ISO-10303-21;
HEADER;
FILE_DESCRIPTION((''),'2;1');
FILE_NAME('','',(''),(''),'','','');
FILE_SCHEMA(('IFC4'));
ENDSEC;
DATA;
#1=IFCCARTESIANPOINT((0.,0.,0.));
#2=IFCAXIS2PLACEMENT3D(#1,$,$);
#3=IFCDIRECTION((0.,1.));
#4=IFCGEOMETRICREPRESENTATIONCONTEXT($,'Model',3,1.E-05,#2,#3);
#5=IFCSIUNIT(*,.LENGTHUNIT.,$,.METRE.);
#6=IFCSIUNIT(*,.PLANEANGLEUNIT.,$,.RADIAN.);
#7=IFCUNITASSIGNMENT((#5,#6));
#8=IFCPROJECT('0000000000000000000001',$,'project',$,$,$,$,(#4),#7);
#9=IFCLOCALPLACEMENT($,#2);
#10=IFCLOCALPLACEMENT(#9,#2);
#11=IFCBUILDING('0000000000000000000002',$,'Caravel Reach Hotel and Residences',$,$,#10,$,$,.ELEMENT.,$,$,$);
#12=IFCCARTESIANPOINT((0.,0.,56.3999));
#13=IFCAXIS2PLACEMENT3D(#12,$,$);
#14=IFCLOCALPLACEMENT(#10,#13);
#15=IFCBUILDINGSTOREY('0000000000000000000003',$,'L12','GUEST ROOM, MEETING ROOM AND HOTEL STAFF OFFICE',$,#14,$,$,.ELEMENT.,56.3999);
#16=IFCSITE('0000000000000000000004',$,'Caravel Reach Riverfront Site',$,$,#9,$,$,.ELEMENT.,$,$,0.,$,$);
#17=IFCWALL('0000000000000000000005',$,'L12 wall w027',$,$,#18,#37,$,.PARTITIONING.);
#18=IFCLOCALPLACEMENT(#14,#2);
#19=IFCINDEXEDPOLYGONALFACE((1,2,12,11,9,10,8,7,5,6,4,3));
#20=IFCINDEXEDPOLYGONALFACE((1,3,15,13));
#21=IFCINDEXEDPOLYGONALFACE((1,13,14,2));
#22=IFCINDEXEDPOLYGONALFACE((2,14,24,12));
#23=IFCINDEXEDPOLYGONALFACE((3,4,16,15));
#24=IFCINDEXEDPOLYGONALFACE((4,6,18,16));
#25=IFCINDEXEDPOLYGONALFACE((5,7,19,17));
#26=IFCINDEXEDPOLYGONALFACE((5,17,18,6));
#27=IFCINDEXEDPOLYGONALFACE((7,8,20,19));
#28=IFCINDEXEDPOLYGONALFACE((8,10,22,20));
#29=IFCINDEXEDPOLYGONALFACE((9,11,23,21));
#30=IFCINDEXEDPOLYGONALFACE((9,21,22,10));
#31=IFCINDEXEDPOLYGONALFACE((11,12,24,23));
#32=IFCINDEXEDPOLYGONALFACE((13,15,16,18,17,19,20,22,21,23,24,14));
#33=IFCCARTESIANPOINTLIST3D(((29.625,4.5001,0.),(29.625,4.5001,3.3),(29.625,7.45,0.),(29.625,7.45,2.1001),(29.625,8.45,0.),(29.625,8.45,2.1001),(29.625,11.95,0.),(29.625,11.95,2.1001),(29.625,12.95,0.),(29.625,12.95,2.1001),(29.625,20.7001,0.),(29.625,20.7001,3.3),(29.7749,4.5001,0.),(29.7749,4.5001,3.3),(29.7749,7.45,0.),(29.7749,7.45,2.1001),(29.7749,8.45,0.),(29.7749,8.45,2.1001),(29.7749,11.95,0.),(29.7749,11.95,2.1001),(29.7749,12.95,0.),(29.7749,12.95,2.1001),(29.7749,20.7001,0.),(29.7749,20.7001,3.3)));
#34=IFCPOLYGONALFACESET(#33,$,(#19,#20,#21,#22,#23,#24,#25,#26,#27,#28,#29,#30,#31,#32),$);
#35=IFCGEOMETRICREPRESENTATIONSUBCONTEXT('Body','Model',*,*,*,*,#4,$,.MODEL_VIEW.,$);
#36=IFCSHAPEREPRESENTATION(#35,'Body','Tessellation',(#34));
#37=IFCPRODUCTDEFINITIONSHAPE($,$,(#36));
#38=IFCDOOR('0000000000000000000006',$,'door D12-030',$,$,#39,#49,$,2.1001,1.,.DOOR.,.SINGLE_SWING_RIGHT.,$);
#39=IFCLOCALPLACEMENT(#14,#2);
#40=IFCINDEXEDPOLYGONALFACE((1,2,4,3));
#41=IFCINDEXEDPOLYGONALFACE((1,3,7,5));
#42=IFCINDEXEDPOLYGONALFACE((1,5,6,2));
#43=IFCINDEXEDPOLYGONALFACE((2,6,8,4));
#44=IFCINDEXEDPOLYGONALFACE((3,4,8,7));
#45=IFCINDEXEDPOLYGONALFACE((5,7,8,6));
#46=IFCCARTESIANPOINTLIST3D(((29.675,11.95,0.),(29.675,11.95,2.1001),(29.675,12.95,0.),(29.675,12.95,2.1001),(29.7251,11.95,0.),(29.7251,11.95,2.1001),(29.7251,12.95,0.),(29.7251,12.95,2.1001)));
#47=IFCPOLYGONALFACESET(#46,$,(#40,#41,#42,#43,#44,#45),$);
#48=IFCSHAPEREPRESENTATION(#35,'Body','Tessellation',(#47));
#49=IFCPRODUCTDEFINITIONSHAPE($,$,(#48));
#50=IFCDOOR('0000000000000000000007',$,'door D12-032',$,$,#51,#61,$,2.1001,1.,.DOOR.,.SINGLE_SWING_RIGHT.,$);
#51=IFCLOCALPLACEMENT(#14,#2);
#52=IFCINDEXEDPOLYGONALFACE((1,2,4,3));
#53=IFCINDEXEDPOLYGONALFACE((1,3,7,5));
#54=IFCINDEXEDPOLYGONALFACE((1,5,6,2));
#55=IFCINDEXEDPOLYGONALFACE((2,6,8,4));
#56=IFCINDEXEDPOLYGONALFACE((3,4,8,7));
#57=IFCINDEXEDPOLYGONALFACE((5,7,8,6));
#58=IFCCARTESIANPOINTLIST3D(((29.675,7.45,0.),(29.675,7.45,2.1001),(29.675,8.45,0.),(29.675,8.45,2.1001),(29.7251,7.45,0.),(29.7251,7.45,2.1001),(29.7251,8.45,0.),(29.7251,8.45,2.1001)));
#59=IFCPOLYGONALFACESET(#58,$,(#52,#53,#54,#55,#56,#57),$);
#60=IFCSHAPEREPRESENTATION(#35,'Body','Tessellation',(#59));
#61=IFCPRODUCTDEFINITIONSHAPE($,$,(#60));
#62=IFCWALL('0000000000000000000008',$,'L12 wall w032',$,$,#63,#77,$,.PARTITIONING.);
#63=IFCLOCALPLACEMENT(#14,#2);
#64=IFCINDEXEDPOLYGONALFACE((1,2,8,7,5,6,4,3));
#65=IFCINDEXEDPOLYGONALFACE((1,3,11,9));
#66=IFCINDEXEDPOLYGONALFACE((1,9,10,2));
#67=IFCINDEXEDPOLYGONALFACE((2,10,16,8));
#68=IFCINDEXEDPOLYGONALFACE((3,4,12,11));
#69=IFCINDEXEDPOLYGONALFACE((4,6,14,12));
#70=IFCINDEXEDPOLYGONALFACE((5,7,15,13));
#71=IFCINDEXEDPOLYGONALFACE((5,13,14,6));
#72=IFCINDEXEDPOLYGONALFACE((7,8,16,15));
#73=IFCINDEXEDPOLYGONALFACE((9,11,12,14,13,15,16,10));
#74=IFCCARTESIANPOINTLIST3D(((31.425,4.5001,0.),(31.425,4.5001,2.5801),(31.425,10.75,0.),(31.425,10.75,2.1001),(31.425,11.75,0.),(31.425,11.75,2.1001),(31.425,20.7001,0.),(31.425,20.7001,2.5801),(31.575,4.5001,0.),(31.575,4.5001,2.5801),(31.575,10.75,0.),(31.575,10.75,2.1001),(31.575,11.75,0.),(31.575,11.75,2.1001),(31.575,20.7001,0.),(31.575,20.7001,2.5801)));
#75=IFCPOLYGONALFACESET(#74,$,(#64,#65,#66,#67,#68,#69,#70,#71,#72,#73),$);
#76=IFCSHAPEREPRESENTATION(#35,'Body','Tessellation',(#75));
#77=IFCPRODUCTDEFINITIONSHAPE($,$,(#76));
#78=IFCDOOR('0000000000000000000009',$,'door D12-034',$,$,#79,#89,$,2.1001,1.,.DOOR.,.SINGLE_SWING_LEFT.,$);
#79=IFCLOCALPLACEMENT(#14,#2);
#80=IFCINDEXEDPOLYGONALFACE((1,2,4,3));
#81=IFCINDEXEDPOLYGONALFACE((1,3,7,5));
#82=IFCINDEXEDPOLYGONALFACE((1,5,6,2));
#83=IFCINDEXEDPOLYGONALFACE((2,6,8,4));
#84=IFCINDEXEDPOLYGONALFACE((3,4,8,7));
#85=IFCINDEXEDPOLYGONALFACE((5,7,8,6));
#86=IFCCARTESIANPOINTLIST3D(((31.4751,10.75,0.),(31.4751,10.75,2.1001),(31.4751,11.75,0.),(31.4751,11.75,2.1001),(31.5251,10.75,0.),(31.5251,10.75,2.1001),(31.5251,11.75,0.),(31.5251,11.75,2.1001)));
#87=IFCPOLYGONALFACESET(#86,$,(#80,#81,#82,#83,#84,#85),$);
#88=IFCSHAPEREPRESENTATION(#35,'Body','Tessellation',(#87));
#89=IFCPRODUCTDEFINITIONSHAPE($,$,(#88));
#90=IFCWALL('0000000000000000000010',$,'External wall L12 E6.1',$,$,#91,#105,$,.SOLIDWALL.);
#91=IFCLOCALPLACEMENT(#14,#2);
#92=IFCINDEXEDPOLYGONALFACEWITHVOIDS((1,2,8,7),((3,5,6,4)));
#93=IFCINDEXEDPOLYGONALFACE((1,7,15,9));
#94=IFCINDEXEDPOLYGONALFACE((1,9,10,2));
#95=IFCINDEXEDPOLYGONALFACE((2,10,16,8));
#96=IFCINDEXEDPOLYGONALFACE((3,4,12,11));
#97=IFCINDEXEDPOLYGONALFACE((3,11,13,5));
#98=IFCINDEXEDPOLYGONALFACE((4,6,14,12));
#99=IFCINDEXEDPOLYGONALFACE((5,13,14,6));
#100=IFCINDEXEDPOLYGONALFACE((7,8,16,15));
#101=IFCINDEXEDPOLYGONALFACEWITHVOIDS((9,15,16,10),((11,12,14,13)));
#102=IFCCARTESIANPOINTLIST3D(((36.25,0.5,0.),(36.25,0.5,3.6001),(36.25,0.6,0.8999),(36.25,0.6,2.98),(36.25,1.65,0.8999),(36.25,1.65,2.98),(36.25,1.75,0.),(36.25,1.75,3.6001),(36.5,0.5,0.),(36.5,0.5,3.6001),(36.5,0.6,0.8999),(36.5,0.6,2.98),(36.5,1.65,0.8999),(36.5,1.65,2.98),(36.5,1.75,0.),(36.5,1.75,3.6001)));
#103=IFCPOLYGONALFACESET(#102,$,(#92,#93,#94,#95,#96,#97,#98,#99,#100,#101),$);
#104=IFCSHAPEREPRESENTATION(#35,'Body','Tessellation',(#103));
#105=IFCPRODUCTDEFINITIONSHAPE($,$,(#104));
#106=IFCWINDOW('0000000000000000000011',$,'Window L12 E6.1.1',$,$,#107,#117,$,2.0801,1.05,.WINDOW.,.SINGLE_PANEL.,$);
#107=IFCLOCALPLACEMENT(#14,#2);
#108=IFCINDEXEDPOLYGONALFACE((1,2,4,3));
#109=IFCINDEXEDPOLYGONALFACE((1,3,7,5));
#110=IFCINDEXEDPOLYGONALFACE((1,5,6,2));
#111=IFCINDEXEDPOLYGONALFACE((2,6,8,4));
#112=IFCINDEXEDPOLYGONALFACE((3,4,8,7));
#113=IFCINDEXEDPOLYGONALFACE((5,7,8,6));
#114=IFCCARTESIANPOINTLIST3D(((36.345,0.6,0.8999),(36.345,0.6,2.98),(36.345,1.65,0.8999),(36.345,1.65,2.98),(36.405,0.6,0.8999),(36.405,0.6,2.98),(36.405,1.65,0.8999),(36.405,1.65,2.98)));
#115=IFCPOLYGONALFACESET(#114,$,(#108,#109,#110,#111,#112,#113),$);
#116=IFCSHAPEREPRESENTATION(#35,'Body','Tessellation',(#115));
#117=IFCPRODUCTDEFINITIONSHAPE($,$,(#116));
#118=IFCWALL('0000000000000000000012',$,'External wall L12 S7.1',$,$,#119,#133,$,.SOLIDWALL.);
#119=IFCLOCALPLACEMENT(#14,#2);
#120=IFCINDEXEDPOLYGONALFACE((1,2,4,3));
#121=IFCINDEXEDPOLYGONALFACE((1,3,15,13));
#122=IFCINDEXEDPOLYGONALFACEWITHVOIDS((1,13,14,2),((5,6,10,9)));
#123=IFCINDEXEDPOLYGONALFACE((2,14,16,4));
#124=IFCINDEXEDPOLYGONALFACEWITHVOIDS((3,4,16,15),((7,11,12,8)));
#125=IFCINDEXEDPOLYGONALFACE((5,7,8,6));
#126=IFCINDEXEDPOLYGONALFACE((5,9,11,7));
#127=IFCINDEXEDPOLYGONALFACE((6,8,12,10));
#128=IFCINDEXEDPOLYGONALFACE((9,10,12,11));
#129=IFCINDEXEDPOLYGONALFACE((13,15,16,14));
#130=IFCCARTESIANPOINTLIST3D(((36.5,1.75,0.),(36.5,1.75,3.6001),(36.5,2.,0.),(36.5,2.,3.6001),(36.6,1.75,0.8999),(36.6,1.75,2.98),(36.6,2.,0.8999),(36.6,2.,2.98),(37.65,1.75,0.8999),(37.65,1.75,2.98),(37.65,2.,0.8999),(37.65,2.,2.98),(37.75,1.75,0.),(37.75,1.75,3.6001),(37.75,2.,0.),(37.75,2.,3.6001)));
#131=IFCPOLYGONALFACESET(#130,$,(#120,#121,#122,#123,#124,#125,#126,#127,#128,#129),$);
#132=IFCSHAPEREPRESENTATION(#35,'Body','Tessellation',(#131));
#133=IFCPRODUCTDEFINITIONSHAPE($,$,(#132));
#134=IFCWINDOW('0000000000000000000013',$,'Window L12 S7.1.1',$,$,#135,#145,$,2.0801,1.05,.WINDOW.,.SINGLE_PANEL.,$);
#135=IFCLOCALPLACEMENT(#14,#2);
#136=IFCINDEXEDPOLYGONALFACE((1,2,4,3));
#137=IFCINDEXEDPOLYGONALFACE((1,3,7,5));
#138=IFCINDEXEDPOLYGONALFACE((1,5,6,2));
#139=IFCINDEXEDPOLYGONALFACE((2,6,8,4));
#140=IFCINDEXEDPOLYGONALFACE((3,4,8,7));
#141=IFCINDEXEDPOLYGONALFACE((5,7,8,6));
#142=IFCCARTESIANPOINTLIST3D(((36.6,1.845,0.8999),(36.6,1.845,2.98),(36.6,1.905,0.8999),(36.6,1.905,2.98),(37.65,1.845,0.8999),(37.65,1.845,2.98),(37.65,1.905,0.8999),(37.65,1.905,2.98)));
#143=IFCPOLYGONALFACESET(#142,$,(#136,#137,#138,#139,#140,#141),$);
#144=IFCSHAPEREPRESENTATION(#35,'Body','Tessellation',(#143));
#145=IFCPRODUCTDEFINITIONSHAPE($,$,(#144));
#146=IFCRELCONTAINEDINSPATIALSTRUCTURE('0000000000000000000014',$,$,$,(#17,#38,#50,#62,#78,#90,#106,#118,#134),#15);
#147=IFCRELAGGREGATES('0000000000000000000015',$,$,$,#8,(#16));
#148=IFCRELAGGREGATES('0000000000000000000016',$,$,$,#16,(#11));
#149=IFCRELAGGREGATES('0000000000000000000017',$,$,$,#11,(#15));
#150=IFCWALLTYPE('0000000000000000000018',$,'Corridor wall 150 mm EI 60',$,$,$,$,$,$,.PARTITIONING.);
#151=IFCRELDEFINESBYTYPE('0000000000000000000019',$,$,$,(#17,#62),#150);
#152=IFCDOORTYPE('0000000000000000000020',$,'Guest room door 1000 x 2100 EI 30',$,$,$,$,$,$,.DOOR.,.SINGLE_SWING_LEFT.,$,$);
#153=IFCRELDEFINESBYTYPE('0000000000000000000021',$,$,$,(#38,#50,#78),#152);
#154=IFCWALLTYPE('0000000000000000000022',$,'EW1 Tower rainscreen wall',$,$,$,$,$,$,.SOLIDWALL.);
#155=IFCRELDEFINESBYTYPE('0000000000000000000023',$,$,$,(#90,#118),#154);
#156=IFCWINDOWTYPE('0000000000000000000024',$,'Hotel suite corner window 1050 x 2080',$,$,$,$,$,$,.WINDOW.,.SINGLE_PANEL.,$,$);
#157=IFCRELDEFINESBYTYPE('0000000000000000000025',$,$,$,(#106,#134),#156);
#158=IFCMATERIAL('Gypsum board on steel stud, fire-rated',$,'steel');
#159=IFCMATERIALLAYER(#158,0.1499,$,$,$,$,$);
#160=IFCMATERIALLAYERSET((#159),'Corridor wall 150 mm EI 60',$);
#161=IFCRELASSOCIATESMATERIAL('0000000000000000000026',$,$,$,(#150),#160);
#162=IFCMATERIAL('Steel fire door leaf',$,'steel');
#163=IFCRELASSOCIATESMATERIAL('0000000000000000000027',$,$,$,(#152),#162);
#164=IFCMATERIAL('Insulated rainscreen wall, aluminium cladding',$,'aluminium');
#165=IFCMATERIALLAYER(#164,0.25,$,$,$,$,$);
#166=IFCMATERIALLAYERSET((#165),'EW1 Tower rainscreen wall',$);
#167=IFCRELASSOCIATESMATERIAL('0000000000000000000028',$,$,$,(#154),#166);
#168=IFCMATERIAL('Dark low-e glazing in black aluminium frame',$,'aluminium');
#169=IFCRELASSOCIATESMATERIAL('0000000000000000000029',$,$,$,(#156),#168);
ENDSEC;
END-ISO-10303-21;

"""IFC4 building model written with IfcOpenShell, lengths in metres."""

from ifc_helpers import new_model, si_unit, direction, frame, frame_2d, origin, place, context, subcontext, project, spatial, rectangle, extrude, material, layer, layer_set, type_object, element, fill, save


model = new_model("IFC4")

# Units and contexts
model_context = context("Model", 3, precision=1e-05, world=origin(), true_north=direction((0.0, 1.0)))
body_context = subcontext(model_context, "Body", "Model", "MODEL_VIEW")
ifc_project = project(units=[si_unit("LENGTHUNIT", "METRE"), si_unit("PLANEANGLEUNIT", "RADIAN")], contexts=[model_context])

# Site, building, storey
site_placement = place(None, origin())
site = spatial("IfcSite", under=ifc_project, at=site_placement, Name="Caravel Reach Riverfront Site", CompositionType="ELEMENT", RefElevation=0.0)
building_placement = place(site_placement, origin())
building = spatial("IfcBuilding", under=site, at=building_placement, Name="Caravel Reach Hotel and Residences", CompositionType="ELEMENT")
storey_placement = place(building_placement, frame((0.0, 0.0, 56.3999)))
storey = spatial("IfcBuildingStorey", under=building, at=storey_placement, Name="L12", Description="GUEST ROOM, MEETING ROOM AND HOTEL STAFF OFFICE", CompositionType="ELEMENT", Elevation=56.3999)

# Wall, openings, doors
ifc_material_1 = material(Name="Gypsum board on steel stud, fire-rated", Category="steel")
ifc_layer_1 = layer(ifc_material_1, 0.1499)
ifc_layer_set_1 = layer_set([ifc_layer_1], Name="Corridor wall 150 mm EI 60")
wall_type_1 = type_object("IfcWallType", Name="Corridor wall 150 mm EI 60", PredefinedType="PARTITIONING", material=ifc_layer_set_1)
wall_1_placement = place(storey_placement, frame((29.7, 4.5, 0.0), z_axis=(0.0, 0.0, 1.0), x_axis=(0.0, 1.0, 0.0)))
wall_1 = element("IfcWall", 1, at=wall_1_placement, inside=storey, type_object=wall_type_1, Name="L12 wall w027", PredefinedType="PARTITIONING", context=body_context, shape_type="SweptSolid", body=[
    extrude(rectangle(XDim=16.2, YDim=0.1499, at=frame_2d((8.1001, 0.0))), origin(), (0.0, 0.0, 1.0), 3.3),
])
opening_1_placement = place(wall_1_placement, frame((7.45, 0.0, 0.0)))
opening_1 = element("IfcOpeningElement", 2, at=opening_1_placement, cuts=wall_1, PredefinedType="OPENING", context=body_context, shape_type="SweptSolid", body=[
    extrude(rectangle(XDim=1.0, YDim=2.1001, at=frame_2d((0.5, 1.05))), frame((0.0, 0.085, 0.0), z_axis=(0.0, -1.0, 0.0), x_axis=(1.0, 0.0, 0.0)), (0.0, 0.0, 1.0), 0.1699),
])
opening_2_placement = place(wall_1_placement, frame((2.95, 0.0, 0.0)))
opening_2 = element("IfcOpeningElement", 3, at=opening_2_placement, cuts=wall_1, PredefinedType="OPENING", context=body_context, shape_type="SweptSolid", body=[
    extrude(rectangle(XDim=1.0, YDim=2.1001, at=frame_2d((0.5, 1.05))), frame((0.0, 0.085, 0.0), z_axis=(0.0, -1.0, 0.0), x_axis=(1.0, 0.0, 0.0)), (0.0, 0.0, 1.0), 0.1699),
])
ifc_material_2 = material(Name="Steel fire door leaf", Category="steel")
door_type_1 = type_object("IfcDoorType", Name="Guest room door 1000 x 2100 EI 30", OperationType="SINGLE_SWING_LEFT", PredefinedType="DOOR", material=ifc_material_2)
door_1_placement = place(opening_1_placement, origin())
door_1 = element("IfcDoor", 4, at=door_1_placement, inside=storey, type_object=door_type_1, Name="door D12-030", OperationType="SINGLE_SWING_RIGHT", OverallHeight=2.1001, OverallWidth=1.0, PredefinedType="DOOR", context=body_context, shape_type="SweptSolid", body=[
    extrude(rectangle(XDim=1.0, YDim=2.1001, at=frame_2d((0.5, 1.05))), frame((0.0, 0.0249, 0.0), z_axis=(0.0, -1.0, 0.0), x_axis=(1.0, 0.0, 0.0)), (0.0, 0.0, 1.0), 0.05),
])
fill(opening_1, door_1)
door_2_placement = place(opening_2_placement, origin())
door_2 = element("IfcDoor", 5, at=door_2_placement, inside=storey, type_object=door_type_1, Name="door D12-032", OperationType="SINGLE_SWING_RIGHT", OverallHeight=2.1001, OverallWidth=1.0, PredefinedType="DOOR", context=body_context, shape_type="SweptSolid", body=[
    extrude(rectangle(XDim=1.0, YDim=2.1001, at=frame_2d((0.5, 1.05))), frame((0.0, 0.0249, 0.0), z_axis=(0.0, -1.0, 0.0), x_axis=(1.0, 0.0, 0.0)), (0.0, 0.0, 1.0), 0.05),
])
fill(opening_2, door_2)

# Wall, opening, door
wall_2_placement = place(storey_placement, frame((31.5, 4.5, 0.0), z_axis=(0.0, 0.0, 1.0), x_axis=(0.0, 1.0, 0.0)))
wall_2 = element("IfcWall", 6, at=wall_2_placement, inside=storey, type_object=wall_type_1, Name="L12 wall w032", PredefinedType="PARTITIONING", context=body_context, shape_type="SweptSolid", body=[
    extrude(rectangle(XDim=16.2, YDim=0.1499, at=frame_2d((8.1001, 0.0))), origin(), (0.0, 0.0, 1.0), 2.5801),
])
opening_3_placement = place(wall_2_placement, frame((6.25, 0.0, 0.0)))
opening_3 = element("IfcOpeningElement", 7, at=opening_3_placement, cuts=wall_2, PredefinedType="OPENING", context=body_context, shape_type="SweptSolid", body=[
    extrude(rectangle(XDim=1.0, YDim=2.1001, at=frame_2d((0.5, 1.05))), frame((0.0, 0.085, 0.0), z_axis=(0.0, -1.0, 0.0), x_axis=(1.0, 0.0, 0.0)), (0.0, 0.0, 1.0), 0.1699),
])
door_3_placement = place(opening_3_placement, origin())
door_3 = element("IfcDoor", 8, at=door_3_placement, inside=storey, type_object=door_type_1, Name="door D12-034", OperationType="SINGLE_SWING_LEFT", OverallHeight=2.1001, OverallWidth=1.0, PredefinedType="DOOR", context=body_context, shape_type="SweptSolid", body=[
    extrude(rectangle(XDim=1.0, YDim=2.1001, at=frame_2d((0.5, 1.05))), frame((0.0, 0.0249, 0.0), z_axis=(0.0, -1.0, 0.0), x_axis=(1.0, 0.0, 0.0)), (0.0, 0.0, 1.0), 0.05),
])
fill(opening_3, door_3)

# Walls, openings, windows
ifc_material_3 = material(Name="Insulated rainscreen wall, aluminium cladding", Category="aluminium")
ifc_layer_2 = layer(ifc_material_3, 0.25)
ifc_layer_set_2 = layer_set([ifc_layer_2], Name="EW1 Tower rainscreen wall")
wall_type_2 = type_object("IfcWallType", Name="EW1 Tower rainscreen wall", PredefinedType="SOLIDWALL", material=ifc_layer_set_2)
wall_3_placement = place(storey_placement, frame((36.375, 0.5, 0.0), z_axis=(0.0, 0.0, 1.0), x_axis=(0.0, 1.0, 0.0)))
wall_3 = element("IfcWall", 9, at=wall_3_placement, inside=storey, type_object=wall_type_2, Name="External wall L12 E6.1", PredefinedType="SOLIDWALL", context=body_context, shape_type="SweptSolid", body=[
    extrude(rectangle(XDim=1.25, YDim=0.25, at=frame_2d((0.625, 0.0))), origin(), (0.0, 0.0, 1.0), 3.6001),
])
opening_4_placement = place(wall_3_placement, frame((0.1001, 0.0, 0.8999)))
opening_4 = element("IfcOpeningElement", 10, at=opening_4_placement, cuts=wall_3, PredefinedType="OPENING", context=body_context, shape_type="SweptSolid", body=[
    extrude(rectangle(XDim=1.05, YDim=2.0801, at=frame_2d((0.5249, 1.04))), frame((0.0, 0.135, 0.0), z_axis=(0.0, -1.0, 0.0), x_axis=(1.0, 0.0, 0.0)), (0.0, 0.0, 1.0), 0.27),
])
ifc_material_4 = material(Name="Dark low-e glazing in black aluminium frame", Category="aluminium")
window_type_1 = type_object("IfcWindowType", Name="Hotel suite corner window 1050 x 2080", PartitioningType="SINGLE_PANEL", PredefinedType="WINDOW", material=ifc_material_4)
window_1_placement = place(opening_4_placement, origin())
window_1 = element("IfcWindow", 11, at=window_1_placement, inside=storey, type_object=window_type_1, Name="Window L12 E6.1.1", OverallHeight=2.0801, OverallWidth=1.05, PartitioningType="SINGLE_PANEL", PredefinedType="WINDOW", context=body_context, shape_type="SweptSolid", body=[
    extrude(rectangle(XDim=1.05, YDim=2.0801, at=frame_2d((0.5249, 1.04))), frame((0.0, 0.03, 0.0), z_axis=(0.0, -1.0, 0.0), x_axis=(1.0, 0.0, 0.0)), (0.0, 0.0, 1.0), 0.0601),
])
fill(opening_4, window_1)
wall_4_placement = place(storey_placement, frame((36.5, 1.875, 0.0), z_axis=(0.0, 0.0, 1.0), x_axis=(1.0, 0.0, 0.0)))
wall_4 = element("IfcWall", 12, at=wall_4_placement, inside=storey, type_object=wall_type_2, Name="External wall L12 S7.1", PredefinedType="SOLIDWALL", context=body_context, shape_type="SweptSolid", body=[
    extrude(rectangle(XDim=1.25, YDim=0.25, at=frame_2d((0.625, 0.0))), origin(), (0.0, 0.0, 1.0), 3.6001),
])
opening_5_placement = place(wall_4_placement, frame((0.1001, 0.0, 0.8999)))
opening_5 = element("IfcOpeningElement", 13, at=opening_5_placement, cuts=wall_4, PredefinedType="OPENING", context=body_context, shape_type="SweptSolid", body=[
    extrude(rectangle(XDim=1.05, YDim=2.0801, at=frame_2d((0.5249, 1.04))), frame((0.0, 0.135, 0.0), z_axis=(0.0, -1.0, 0.0), x_axis=(1.0, 0.0, 0.0)), (0.0, 0.0, 1.0), 0.27),
])
window_2_placement = place(opening_5_placement, origin())
window_2 = element("IfcWindow", 14, at=window_2_placement, inside=storey, type_object=window_type_1, Name="Window L12 S7.1.1", OverallHeight=2.0801, OverallWidth=1.05, PartitioningType="SINGLE_PANEL", PredefinedType="WINDOW", context=body_context, shape_type="SweptSolid", body=[
    extrude(rectangle(XDim=1.05, YDim=2.0801, at=frame_2d((0.5249, 1.04))), frame((0.0, 0.03, 0.0), z_axis=(0.0, -1.0, 0.0), x_axis=(1.0, 0.0, 0.0)), (0.0, 0.0, 1.0), 0.0601),
])
fill(opening_5, window_2)

save(model, "model.ifc")
